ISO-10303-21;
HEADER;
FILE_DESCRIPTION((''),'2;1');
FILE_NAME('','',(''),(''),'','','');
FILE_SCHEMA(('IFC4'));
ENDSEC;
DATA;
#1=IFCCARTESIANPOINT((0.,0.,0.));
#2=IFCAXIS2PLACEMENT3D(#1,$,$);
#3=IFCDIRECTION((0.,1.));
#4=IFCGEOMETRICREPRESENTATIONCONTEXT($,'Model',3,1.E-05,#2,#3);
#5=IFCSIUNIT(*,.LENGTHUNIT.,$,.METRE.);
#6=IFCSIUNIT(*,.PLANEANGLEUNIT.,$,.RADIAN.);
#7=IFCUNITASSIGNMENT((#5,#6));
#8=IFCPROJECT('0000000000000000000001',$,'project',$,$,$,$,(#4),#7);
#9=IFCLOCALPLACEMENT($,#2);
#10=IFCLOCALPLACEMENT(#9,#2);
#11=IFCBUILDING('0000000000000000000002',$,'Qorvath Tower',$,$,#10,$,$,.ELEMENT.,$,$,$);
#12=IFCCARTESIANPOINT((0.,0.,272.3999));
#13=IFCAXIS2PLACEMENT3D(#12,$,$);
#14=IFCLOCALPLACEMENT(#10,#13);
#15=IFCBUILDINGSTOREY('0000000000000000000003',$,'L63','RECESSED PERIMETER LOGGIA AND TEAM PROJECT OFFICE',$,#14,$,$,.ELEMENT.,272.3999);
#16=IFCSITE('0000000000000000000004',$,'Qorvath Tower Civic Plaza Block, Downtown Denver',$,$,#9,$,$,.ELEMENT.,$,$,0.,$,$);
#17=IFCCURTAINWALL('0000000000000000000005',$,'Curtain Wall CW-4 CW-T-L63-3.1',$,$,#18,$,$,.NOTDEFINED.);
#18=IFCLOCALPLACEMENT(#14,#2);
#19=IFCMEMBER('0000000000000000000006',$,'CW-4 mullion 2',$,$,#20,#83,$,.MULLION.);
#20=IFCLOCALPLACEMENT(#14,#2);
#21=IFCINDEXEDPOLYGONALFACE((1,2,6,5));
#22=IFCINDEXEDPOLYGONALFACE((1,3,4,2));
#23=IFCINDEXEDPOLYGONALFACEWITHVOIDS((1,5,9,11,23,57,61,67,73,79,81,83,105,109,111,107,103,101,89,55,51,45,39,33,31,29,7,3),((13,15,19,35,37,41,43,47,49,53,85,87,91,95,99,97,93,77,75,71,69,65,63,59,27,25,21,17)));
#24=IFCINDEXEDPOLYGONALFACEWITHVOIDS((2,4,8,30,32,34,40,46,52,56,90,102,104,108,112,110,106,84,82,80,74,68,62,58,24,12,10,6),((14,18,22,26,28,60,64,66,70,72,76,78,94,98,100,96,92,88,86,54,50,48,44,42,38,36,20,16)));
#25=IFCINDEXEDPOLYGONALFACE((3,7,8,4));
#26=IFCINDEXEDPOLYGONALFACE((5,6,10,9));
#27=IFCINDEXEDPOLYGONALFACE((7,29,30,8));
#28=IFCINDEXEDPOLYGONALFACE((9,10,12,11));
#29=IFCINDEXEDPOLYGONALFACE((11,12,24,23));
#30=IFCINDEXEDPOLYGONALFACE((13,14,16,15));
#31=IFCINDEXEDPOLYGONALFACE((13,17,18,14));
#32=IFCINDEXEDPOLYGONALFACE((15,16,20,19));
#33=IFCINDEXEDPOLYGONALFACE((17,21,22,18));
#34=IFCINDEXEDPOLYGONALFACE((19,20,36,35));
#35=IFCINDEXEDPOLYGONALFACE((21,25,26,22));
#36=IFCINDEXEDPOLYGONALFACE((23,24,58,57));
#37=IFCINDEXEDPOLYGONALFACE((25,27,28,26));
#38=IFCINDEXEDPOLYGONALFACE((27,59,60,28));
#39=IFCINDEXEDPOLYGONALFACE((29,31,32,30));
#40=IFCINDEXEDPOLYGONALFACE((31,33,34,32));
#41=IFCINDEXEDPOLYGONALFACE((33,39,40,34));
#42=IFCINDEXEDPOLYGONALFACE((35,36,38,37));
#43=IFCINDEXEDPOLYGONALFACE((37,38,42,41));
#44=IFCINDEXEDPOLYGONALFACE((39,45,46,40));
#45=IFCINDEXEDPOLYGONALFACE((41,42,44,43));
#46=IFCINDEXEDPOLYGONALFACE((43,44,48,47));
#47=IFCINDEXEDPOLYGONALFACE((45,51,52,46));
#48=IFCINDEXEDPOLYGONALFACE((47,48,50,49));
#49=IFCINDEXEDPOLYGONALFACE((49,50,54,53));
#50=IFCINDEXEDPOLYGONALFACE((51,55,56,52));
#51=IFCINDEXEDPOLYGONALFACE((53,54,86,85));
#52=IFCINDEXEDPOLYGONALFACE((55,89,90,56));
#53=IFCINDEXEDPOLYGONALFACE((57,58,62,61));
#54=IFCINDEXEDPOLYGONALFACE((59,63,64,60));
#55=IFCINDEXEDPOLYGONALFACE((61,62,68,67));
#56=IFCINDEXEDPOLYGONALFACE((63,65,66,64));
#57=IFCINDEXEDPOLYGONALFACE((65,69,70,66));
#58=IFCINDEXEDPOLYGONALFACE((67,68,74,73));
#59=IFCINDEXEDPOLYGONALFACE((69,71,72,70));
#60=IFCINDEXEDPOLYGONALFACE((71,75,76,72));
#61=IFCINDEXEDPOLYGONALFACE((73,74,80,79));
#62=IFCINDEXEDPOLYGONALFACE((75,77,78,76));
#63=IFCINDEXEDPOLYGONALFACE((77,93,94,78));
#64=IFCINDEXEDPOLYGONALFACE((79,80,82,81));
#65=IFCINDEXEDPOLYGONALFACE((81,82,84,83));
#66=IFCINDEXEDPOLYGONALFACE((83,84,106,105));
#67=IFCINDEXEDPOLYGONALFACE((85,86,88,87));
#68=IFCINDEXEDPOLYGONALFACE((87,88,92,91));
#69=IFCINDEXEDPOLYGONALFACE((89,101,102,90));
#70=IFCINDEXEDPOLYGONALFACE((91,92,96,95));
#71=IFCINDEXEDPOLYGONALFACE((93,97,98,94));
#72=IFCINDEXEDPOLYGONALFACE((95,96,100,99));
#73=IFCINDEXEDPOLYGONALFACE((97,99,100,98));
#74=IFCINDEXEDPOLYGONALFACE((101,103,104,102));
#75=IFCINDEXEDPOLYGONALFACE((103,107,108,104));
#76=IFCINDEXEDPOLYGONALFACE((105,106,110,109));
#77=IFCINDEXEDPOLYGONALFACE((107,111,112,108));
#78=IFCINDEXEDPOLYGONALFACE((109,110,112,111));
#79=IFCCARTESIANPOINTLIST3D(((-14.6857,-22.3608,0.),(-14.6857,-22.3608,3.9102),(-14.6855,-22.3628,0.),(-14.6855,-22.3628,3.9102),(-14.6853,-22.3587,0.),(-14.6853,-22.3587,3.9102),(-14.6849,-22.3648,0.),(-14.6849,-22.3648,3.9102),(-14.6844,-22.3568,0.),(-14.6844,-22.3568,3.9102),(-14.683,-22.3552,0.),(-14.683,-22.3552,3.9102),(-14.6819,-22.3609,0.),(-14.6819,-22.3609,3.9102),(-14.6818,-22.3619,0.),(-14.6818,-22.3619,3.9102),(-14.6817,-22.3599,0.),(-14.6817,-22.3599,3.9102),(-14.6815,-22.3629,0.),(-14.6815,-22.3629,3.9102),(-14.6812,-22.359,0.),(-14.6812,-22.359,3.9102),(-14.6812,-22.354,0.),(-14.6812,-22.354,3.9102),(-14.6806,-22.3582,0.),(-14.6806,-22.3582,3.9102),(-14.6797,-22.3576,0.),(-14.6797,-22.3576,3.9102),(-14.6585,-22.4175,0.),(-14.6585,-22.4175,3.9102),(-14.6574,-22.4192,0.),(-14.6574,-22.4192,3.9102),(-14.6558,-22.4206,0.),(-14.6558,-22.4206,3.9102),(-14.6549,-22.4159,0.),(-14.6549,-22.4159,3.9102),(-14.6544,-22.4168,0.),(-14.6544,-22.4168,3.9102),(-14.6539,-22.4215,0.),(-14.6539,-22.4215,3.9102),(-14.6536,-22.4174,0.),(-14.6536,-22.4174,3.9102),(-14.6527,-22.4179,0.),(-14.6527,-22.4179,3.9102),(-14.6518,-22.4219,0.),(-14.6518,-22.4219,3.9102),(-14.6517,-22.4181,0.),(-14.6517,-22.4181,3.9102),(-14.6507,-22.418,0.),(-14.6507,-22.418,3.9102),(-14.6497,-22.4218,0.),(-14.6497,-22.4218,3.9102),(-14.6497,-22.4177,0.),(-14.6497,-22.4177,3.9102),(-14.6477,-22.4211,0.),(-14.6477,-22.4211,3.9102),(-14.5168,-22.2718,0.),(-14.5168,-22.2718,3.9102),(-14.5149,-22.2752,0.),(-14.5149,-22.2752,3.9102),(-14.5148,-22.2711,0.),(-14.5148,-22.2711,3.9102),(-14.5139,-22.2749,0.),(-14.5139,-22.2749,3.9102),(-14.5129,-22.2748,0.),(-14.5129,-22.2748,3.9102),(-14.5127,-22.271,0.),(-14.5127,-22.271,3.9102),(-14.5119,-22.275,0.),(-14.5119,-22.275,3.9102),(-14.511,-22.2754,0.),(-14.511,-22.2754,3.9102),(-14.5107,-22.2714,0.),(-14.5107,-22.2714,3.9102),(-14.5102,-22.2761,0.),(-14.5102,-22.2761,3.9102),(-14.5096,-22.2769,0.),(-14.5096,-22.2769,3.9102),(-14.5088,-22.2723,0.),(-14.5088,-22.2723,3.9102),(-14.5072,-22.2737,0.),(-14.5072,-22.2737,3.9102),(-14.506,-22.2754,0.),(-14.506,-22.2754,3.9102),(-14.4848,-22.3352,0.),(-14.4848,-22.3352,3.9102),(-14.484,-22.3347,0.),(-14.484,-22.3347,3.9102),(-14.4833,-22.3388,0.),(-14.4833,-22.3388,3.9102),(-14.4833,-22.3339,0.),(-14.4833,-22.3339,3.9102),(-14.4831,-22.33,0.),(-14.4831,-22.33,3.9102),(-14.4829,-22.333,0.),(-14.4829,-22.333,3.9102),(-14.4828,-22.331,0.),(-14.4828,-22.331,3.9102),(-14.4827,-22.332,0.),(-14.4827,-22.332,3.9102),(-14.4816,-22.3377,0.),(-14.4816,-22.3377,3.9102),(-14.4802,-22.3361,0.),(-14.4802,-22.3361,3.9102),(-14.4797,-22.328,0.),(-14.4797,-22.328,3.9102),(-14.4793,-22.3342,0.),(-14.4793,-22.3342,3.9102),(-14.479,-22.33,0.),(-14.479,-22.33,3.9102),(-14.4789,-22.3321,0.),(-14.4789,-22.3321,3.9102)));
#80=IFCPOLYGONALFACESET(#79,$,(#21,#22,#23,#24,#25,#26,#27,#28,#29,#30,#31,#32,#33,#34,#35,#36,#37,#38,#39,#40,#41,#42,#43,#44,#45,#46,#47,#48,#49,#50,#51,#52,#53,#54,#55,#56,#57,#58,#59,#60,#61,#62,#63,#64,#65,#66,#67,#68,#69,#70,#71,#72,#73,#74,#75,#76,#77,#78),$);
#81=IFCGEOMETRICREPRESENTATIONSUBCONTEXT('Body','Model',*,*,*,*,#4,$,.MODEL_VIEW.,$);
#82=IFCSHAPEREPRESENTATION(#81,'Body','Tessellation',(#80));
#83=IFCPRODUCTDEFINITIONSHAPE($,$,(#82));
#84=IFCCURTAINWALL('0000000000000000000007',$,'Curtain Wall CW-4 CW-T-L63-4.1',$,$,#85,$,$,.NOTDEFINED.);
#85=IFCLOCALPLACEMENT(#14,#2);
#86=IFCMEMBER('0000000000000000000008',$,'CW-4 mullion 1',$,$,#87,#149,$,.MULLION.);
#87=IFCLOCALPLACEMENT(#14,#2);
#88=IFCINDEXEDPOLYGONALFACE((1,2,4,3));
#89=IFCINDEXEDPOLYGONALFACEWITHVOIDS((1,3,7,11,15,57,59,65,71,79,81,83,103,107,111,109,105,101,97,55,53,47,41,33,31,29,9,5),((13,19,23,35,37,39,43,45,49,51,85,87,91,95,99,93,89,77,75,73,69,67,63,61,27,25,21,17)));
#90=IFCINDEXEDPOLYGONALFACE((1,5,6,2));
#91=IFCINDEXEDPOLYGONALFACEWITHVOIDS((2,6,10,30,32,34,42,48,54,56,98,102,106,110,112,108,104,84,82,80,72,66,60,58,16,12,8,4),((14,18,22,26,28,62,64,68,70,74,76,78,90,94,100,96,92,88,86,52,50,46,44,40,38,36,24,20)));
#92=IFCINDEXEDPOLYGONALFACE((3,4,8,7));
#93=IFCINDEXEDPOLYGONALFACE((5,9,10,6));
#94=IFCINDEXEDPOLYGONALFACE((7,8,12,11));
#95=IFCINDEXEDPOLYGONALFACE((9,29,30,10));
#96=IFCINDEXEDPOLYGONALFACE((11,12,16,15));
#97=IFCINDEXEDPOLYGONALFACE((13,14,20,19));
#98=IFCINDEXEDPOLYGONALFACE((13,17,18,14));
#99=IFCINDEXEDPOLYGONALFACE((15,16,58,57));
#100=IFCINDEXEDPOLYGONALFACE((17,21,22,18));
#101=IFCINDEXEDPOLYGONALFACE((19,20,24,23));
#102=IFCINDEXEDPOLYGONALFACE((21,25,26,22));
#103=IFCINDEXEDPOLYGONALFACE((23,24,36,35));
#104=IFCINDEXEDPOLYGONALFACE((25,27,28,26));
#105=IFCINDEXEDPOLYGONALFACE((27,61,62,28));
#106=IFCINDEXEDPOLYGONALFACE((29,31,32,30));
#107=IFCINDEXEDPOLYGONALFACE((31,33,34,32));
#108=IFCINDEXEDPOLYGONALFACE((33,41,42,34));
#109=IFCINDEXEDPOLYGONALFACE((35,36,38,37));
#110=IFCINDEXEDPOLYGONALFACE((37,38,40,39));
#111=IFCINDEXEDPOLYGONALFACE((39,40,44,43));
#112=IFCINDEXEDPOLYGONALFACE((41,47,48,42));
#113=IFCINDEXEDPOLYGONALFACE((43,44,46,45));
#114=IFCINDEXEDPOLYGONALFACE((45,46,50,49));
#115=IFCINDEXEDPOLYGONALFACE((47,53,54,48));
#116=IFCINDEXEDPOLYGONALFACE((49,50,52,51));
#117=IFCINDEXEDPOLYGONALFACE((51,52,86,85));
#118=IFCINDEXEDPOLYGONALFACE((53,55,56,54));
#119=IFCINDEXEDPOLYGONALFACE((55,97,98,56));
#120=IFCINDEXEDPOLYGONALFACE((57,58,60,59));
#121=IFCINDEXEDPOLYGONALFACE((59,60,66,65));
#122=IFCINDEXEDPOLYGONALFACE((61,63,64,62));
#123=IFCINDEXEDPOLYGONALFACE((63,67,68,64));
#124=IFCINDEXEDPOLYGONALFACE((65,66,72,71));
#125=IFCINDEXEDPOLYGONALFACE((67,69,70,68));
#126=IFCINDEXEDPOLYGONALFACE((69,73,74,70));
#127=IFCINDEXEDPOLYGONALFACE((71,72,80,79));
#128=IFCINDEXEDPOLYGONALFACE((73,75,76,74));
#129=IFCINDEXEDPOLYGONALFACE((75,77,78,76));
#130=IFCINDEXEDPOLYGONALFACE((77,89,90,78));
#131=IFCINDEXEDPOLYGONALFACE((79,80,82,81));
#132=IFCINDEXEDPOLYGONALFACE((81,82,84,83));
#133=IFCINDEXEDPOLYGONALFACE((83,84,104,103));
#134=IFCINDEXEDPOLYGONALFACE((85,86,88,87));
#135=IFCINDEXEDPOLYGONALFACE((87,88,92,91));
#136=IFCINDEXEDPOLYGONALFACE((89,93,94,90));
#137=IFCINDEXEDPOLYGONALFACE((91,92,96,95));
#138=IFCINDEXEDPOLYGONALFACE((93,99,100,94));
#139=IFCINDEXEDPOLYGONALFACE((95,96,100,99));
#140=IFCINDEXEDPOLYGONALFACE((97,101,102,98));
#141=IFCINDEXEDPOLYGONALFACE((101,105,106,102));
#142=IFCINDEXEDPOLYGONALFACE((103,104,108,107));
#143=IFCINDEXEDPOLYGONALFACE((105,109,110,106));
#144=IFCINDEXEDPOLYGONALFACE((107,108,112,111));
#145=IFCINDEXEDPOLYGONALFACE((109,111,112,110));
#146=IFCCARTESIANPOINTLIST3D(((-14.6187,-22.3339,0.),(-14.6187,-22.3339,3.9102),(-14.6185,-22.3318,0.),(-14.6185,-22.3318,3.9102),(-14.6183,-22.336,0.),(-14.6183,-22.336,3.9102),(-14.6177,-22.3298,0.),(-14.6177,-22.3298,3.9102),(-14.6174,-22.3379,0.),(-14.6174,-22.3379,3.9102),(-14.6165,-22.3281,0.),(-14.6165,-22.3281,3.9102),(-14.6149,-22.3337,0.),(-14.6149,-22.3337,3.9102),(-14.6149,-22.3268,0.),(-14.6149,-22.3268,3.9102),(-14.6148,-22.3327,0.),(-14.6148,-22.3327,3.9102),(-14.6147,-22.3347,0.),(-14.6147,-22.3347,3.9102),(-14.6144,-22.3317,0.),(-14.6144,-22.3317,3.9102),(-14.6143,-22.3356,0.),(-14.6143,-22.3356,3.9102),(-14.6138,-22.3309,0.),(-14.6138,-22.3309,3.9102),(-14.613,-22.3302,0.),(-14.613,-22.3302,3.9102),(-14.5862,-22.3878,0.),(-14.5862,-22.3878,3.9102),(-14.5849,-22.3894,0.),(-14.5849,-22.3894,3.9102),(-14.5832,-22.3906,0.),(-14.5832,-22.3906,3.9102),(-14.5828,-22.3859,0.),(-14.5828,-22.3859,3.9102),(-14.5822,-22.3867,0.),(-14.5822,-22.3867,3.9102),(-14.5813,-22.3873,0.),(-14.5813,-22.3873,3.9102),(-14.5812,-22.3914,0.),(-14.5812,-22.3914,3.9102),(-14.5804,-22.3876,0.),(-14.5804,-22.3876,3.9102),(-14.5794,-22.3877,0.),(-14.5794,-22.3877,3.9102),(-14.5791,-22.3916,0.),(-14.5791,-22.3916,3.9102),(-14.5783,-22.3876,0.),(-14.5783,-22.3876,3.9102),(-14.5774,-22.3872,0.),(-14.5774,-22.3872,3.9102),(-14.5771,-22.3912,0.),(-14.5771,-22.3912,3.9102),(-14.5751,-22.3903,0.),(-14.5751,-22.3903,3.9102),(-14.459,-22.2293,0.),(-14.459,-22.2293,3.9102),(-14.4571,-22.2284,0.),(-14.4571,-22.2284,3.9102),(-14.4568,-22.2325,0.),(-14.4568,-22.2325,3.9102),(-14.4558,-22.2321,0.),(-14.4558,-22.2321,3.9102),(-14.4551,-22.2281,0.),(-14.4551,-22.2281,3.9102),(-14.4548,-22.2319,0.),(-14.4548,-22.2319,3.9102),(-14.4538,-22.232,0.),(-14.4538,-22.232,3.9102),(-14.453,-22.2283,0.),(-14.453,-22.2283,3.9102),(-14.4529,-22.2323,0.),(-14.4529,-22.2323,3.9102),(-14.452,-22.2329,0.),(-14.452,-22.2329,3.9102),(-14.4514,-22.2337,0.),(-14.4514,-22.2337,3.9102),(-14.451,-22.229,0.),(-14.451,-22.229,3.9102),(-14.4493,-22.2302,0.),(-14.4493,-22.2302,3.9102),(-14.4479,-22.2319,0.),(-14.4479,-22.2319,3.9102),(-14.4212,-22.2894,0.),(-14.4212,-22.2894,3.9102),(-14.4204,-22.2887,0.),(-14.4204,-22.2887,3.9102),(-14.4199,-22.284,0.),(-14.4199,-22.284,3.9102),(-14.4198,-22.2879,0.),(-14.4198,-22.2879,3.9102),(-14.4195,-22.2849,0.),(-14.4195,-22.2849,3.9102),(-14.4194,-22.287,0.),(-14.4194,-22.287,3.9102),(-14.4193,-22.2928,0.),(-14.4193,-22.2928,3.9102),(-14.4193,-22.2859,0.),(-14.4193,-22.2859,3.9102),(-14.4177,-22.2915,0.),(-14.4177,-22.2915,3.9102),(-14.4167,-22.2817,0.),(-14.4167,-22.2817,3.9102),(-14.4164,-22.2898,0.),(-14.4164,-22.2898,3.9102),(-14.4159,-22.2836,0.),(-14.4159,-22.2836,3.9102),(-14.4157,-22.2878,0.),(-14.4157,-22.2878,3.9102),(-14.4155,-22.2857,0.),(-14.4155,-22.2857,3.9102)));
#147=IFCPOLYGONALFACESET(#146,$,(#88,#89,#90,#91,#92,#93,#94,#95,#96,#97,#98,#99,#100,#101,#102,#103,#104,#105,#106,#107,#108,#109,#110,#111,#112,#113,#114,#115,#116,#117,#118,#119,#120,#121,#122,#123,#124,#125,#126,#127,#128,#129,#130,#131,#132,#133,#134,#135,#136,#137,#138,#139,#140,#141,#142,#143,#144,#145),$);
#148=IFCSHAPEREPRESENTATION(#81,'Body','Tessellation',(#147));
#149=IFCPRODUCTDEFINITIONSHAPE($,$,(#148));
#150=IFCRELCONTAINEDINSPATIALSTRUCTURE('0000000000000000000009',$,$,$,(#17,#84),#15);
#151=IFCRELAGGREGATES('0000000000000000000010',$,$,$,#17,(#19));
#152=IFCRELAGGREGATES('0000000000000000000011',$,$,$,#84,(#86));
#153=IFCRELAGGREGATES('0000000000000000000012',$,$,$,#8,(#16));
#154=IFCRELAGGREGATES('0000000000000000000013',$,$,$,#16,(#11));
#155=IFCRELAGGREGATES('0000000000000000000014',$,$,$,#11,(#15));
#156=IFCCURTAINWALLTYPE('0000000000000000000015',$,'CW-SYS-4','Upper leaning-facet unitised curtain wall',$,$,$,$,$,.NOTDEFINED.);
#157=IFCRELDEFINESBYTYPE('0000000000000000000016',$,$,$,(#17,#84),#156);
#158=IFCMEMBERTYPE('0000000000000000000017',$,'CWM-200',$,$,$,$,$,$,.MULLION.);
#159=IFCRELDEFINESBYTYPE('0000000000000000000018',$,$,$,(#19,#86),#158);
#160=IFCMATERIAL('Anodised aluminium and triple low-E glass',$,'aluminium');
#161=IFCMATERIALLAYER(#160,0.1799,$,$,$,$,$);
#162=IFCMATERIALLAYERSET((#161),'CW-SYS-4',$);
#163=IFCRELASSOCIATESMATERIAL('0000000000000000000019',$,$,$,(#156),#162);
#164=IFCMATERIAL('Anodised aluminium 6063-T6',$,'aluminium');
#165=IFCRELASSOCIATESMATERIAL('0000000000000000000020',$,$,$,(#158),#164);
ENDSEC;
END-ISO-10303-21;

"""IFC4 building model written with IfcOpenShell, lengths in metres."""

from ifc_helpers import new_model, si_unit, direction, frame, origin, origin_2d, place, context, subcontext, project, spatial, hollow_rectangle, extrude, material, layer, layer_set, material_profile, profile_set, type_object, element, aggregate, save


model = new_model("IFC4")

# Units and contexts
model_context = context("Model", 3, precision=1e-05, world=origin(), true_north=direction((0.0, 1.0)))
body_context = subcontext(model_context, "Body", "Model", "MODEL_VIEW")
ifc_project = project(units=[si_unit("LENGTHUNIT", "METRE"), si_unit("PLANEANGLEUNIT", "RADIAN")], contexts=[model_context])

# Site, building, storey
site_placement = place(None, origin())
site = spatial("IfcSite", under=ifc_project, at=site_placement, Name="Qorvath Tower Civic Plaza Block, Downtown Denver", CompositionType="ELEMENT", RefElevation=0.0)
building_placement = place(site_placement, origin())
building = spatial("IfcBuilding", under=site, at=building_placement, Name="Qorvath Tower", CompositionType="ELEMENT")
storey_placement = place(building_placement, frame((0.0, 0.0, 272.3999)))
storey = spatial("IfcBuildingStorey", under=building, at=storey_placement, Name="L63", Description="RECESSED PERIMETER LOGGIA AND TEAM PROJECT OFFICE", CompositionType="ELEMENT", Elevation=272.3999)

# Shared definitions
ifc_material_1 = material(Name="Anodised aluminium and triple low-E glass", Category="aluminium")
ifc_layer_1 = layer(ifc_material_1, 0.1799)
ifc_layer_set_1 = layer_set([ifc_layer_1], Name="CW-SYS-4")
curtain_wall_type = type_object("IfcCurtainWallType", Name="CW-SYS-4", Description="Upper leaning-facet unitised curtain wall", PredefinedType="NOTDEFINED", material=ifc_layer_set_1)
ifc_material_2 = material(Name="Anodised aluminium 6063-T6", Category="aluminium")
ifc_material_profile_1 = material_profile(ifc_material_2, hollow_rectangle(XDim=0.075, YDim=0.2, WallThickness=0.0039, InnerFilletRadius=0.0039, OuterFilletRadius=0.0081, at=origin_2d()), Name="CWM 200x75")
ifc_profile_set_1 = profile_set([ifc_material_profile_1], Name="Anodised aluminium 6063-T6")
member_type_1 = type_object("IfcMemberType", Name="CWM-200", PredefinedType="MULLION", material=ifc_profile_set_1)

# Curtain wall, member
curtain_wall_1_placement = place(storey_placement, origin())
curtain_wall_1 = element("IfcCurtainWall", 1, at=curtain_wall_1_placement, inside=storey, type_object=curtain_wall_type, Name="Curtain Wall CW-4 CW-T-L63-3.1", PredefinedType="NOTDEFINED")
member_1_placement = place(storey_placement, frame((-14.5823, -22.3464, 0.0), z_axis=(0.0, 0.0, 1.0), x_axis=(-0.447245, 0.894412, 0.0)))
member_1 = element("IfcMember", 2, at=member_1_placement, type_object=member_type_1, Name="CW-4 mullion 2", PredefinedType="MULLION", context=body_context, shape_type="SweptSolid", body=[
    extrude(hollow_rectangle(XDim=0.075, YDim=0.2, WallThickness=0.0039, InnerFilletRadius=0.0039, OuterFilletRadius=0.0081, at=origin_2d()), origin(), (0.0, 0.0, 1.0), 3.9102),
])

# Curtain wall, member
curtain_wall_2_placement = place(storey_placement, origin())
curtain_wall_2 = element("IfcCurtainWall", 3, at=curtain_wall_2_placement, inside=storey, type_object=curtain_wall_type, Name="Curtain Wall CW-4 CW-T-L63-4.1", PredefinedType="NOTDEFINED")
member_2_placement = place(storey_placement, frame((-14.5171, -22.3098, 0.0), z_axis=(0.0, 0.0, 1.0), x_axis=(-0.530363, 0.847771, 0.0)))
member_2 = element("IfcMember", 4, at=member_2_placement, type_object=member_type_1, Name="CW-4 mullion 1", PredefinedType="MULLION", context=body_context, shape_type="SweptSolid", body=[
    extrude(hollow_rectangle(XDim=0.075, YDim=0.2, WallThickness=0.0039, InnerFilletRadius=0.0039, OuterFilletRadius=0.0081, at=origin_2d()), origin(), (0.0, 0.0, 1.0), 3.9102),
])

aggregate(curtain_wall_1, [member_1])
aggregate(curtain_wall_2, [member_2])

save(model, "model.ifc")
